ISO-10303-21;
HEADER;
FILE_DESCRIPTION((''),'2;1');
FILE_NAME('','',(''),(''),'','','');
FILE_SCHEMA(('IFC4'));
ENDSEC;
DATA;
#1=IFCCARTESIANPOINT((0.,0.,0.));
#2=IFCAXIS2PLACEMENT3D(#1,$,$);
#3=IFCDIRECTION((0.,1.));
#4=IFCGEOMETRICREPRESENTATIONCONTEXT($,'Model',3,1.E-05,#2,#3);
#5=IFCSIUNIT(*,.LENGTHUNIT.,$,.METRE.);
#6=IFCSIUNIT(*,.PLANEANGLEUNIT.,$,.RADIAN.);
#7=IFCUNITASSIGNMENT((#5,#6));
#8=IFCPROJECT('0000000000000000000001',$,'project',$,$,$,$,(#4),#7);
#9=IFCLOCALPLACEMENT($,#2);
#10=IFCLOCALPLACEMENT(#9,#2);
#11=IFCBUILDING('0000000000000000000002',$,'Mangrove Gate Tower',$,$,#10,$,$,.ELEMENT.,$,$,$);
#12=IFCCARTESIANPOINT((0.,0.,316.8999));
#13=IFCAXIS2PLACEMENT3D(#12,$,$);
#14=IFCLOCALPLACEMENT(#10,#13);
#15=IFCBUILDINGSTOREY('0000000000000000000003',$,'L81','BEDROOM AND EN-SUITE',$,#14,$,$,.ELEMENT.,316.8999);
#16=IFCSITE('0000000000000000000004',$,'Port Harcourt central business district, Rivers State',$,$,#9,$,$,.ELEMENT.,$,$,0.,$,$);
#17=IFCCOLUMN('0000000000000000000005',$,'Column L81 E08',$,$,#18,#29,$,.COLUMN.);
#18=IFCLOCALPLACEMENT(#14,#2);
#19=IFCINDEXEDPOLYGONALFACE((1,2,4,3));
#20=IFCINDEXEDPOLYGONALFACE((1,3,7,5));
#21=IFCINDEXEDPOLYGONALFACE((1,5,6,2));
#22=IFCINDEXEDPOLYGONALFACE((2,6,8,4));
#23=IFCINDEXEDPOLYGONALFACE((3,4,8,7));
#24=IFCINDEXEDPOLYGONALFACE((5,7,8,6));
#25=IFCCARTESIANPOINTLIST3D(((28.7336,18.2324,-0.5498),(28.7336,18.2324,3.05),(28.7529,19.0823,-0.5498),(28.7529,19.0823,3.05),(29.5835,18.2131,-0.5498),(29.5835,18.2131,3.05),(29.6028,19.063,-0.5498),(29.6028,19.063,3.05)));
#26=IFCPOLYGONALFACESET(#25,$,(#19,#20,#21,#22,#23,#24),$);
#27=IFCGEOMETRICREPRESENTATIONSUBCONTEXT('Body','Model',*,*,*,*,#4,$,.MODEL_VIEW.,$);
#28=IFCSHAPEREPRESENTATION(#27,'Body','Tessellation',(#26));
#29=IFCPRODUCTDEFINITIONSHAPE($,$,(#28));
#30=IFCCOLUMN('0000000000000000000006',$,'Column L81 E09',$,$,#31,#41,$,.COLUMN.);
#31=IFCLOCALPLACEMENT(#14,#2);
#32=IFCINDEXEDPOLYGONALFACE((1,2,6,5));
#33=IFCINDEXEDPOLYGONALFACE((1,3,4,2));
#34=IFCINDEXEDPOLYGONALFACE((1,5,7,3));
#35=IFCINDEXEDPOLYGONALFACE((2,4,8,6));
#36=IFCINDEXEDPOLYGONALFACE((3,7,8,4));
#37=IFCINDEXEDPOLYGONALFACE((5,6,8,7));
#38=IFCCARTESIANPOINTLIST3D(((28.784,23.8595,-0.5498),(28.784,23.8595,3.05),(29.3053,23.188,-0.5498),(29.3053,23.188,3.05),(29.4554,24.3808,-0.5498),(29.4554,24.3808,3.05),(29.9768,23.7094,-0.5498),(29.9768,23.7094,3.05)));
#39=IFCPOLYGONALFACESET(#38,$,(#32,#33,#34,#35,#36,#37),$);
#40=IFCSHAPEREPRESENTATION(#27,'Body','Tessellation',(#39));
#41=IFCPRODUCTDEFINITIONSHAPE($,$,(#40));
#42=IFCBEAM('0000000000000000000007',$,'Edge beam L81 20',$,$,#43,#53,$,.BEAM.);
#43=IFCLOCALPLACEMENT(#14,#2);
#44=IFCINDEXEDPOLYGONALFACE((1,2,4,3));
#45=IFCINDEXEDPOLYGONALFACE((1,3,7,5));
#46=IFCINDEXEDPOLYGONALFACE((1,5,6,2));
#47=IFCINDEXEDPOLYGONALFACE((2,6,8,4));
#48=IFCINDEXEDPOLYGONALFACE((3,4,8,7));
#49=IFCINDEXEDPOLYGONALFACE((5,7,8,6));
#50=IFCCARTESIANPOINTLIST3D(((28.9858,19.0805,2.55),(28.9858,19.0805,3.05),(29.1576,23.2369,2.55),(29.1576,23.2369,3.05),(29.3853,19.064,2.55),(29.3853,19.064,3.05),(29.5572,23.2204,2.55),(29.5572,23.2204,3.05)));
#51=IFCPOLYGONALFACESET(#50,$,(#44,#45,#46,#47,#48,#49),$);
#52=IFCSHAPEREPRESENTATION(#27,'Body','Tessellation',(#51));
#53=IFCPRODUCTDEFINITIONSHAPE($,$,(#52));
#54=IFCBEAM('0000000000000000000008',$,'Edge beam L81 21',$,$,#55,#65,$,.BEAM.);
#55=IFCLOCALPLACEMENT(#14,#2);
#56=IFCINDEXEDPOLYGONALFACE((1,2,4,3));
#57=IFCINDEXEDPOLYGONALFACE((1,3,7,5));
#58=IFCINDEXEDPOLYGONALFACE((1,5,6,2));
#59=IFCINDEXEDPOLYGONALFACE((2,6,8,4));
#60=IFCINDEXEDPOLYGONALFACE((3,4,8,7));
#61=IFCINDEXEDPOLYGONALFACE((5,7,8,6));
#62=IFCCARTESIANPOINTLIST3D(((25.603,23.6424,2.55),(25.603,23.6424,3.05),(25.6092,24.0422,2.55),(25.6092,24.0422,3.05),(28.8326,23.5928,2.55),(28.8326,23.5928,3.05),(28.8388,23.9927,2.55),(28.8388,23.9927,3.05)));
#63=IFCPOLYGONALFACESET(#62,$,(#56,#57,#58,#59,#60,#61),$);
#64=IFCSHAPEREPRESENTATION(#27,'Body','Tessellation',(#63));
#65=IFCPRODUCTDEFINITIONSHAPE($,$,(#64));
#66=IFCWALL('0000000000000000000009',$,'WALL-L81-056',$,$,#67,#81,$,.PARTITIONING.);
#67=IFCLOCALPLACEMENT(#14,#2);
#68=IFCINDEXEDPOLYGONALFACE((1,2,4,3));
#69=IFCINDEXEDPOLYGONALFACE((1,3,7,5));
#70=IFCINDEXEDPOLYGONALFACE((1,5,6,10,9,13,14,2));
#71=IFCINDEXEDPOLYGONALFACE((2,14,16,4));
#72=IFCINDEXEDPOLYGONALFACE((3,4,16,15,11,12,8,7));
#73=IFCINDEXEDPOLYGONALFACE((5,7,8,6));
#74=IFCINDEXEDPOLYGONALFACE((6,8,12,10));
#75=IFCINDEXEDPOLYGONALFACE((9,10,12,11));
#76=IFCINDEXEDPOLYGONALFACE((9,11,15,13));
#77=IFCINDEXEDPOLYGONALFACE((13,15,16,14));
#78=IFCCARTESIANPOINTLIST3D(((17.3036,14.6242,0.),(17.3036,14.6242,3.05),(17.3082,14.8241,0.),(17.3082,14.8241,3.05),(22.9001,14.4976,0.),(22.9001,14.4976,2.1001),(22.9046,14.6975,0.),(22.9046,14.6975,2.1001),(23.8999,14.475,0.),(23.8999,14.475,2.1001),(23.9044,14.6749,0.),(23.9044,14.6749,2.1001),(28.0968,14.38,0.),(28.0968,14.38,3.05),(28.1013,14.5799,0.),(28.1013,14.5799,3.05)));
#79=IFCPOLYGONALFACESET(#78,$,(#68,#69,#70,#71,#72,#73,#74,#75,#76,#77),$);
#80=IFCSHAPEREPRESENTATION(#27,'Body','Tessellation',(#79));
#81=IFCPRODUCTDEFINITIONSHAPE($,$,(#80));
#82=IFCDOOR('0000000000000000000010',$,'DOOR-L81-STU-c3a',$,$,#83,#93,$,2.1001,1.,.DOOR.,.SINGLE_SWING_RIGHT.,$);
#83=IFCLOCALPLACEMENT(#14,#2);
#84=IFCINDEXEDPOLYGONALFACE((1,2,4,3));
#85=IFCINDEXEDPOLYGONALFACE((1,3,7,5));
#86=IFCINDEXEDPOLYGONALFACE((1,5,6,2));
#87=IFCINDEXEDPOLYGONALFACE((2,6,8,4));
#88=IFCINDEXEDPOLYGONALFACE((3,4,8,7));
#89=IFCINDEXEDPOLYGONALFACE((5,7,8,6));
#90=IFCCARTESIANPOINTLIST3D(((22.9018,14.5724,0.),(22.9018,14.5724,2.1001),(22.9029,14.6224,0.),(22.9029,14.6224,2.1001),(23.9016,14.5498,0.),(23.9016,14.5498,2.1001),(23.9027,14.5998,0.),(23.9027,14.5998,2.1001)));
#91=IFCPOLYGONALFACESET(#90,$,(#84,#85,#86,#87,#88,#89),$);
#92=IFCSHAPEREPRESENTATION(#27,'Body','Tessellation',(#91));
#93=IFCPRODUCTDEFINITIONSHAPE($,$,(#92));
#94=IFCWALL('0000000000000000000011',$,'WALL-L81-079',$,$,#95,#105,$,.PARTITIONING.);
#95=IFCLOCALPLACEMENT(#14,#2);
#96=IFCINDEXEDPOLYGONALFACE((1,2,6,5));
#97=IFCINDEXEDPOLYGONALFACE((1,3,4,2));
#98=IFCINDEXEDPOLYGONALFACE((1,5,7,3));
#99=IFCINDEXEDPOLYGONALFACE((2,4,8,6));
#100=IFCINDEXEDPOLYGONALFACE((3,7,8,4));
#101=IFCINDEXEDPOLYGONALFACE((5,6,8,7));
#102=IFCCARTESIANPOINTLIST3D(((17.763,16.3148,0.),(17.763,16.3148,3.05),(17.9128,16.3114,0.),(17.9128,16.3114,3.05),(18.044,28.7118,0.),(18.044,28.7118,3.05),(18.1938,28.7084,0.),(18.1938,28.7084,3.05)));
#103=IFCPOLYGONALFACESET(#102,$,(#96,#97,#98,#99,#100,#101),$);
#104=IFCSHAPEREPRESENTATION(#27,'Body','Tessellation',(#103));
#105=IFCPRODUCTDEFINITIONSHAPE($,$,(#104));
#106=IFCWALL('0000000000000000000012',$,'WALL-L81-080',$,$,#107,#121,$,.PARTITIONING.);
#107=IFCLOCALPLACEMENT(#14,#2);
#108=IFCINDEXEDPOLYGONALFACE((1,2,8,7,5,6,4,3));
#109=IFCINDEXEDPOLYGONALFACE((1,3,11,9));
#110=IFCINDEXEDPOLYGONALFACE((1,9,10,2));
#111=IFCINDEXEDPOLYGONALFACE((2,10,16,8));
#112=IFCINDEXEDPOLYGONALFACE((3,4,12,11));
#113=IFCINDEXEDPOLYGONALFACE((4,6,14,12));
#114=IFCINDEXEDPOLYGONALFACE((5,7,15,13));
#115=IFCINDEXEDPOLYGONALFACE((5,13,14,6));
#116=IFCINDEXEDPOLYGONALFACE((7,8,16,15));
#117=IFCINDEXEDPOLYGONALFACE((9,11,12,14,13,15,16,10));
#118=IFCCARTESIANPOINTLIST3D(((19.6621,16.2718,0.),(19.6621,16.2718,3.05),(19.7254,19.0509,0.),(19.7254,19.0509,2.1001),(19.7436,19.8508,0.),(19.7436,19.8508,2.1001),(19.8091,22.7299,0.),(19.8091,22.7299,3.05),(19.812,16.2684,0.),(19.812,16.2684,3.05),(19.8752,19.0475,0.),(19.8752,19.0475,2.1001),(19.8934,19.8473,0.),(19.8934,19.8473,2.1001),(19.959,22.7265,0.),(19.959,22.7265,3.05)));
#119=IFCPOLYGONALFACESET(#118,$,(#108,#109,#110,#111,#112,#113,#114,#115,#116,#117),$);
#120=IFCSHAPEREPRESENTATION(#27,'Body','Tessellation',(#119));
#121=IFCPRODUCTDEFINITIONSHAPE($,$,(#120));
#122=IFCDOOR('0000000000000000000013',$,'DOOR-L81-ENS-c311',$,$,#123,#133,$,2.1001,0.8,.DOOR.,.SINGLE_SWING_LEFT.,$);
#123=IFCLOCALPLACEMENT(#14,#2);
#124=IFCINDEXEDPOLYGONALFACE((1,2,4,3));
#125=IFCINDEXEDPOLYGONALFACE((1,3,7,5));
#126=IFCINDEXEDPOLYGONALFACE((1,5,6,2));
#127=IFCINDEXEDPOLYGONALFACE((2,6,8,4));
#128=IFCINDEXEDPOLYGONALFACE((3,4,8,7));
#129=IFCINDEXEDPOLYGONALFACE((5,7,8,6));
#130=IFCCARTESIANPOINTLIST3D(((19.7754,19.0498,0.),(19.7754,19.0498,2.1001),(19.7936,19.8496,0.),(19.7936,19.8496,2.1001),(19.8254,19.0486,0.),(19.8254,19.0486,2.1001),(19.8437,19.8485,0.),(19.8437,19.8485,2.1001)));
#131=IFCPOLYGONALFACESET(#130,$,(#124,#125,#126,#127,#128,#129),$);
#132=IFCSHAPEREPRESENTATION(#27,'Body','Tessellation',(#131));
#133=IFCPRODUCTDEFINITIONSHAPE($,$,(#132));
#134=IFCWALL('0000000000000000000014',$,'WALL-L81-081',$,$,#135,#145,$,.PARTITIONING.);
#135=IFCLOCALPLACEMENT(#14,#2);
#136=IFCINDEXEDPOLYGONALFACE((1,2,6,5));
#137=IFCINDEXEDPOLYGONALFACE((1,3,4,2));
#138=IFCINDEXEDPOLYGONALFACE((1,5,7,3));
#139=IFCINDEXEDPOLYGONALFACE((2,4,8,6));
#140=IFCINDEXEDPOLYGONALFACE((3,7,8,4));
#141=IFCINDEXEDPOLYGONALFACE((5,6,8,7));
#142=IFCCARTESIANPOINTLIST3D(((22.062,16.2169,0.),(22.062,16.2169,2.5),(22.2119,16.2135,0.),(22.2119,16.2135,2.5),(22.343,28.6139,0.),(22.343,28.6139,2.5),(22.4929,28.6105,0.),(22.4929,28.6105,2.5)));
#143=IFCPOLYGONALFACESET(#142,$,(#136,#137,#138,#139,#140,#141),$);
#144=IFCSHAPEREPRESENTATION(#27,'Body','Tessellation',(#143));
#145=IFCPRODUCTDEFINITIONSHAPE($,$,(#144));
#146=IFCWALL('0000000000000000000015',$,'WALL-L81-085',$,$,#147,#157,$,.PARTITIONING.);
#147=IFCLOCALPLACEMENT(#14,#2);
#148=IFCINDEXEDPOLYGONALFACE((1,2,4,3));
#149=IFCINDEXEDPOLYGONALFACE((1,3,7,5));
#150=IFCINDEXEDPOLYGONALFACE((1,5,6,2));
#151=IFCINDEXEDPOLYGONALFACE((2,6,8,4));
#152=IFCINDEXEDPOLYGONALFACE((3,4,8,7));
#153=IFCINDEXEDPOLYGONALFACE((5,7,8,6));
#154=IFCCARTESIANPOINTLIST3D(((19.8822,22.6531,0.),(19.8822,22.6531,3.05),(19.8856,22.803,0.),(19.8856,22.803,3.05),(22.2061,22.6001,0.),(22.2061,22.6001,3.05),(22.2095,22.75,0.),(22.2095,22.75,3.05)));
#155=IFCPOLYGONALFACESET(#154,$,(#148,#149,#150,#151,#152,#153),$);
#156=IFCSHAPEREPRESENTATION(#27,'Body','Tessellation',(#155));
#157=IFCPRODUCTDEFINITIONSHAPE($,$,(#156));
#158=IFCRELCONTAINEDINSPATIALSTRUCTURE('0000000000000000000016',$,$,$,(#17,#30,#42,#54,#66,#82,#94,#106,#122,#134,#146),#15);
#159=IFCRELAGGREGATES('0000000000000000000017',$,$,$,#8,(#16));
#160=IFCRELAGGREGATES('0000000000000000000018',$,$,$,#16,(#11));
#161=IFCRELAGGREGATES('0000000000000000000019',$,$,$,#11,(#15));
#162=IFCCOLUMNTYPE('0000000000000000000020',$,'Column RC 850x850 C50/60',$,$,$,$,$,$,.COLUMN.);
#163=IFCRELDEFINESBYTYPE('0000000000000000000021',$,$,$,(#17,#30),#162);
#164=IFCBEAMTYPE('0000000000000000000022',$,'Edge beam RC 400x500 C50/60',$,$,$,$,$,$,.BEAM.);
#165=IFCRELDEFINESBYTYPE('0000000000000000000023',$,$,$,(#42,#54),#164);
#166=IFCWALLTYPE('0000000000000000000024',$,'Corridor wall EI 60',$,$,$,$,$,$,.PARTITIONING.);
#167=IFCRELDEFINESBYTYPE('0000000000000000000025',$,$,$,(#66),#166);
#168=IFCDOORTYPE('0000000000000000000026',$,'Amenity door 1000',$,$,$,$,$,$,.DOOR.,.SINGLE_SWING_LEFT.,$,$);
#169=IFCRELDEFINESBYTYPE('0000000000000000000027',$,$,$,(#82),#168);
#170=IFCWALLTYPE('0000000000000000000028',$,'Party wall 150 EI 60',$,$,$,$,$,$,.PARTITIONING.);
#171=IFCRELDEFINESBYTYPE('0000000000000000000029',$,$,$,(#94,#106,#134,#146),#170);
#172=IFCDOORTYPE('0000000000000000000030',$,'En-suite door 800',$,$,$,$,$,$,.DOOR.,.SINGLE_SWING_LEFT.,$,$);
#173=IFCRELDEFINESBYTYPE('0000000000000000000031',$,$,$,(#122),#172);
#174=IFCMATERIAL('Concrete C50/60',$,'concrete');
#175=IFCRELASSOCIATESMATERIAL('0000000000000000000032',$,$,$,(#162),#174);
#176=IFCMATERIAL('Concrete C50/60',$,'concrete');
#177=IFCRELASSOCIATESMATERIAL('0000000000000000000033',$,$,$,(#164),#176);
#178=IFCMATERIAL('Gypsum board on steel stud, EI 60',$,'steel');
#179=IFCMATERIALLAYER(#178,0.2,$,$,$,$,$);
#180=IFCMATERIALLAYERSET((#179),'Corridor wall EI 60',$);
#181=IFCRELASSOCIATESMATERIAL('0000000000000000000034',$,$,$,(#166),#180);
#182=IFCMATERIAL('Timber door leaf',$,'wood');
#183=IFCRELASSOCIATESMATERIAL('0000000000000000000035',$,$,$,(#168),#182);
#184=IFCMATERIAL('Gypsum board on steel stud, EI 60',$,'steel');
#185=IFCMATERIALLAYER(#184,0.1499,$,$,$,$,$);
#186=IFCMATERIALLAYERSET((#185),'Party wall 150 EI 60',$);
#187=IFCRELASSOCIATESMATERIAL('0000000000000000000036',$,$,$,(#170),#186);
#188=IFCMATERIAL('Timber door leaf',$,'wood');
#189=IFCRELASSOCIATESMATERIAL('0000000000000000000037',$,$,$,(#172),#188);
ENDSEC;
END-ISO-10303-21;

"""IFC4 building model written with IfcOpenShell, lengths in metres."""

from ifc_helpers import new_model, si_unit, direction, frame, frame_2d, origin, origin_2d, place, context, subcontext, project, spatial, rectangle, extrude, material, layer, layer_set, material_profile, profile_set, type_object, element, fill, save


model = new_model("IFC4")

# Units and contexts
model_context = context("Model", 3, precision=1e-05, world=origin(), true_north=direction((0.0, 1.0)))
body_context = subcontext(model_context, "Body", "Model", "MODEL_VIEW")
ifc_project = project(units=[si_unit("LENGTHUNIT", "METRE"), si_unit("PLANEANGLEUNIT", "RADIAN")], contexts=[model_context])

# Site, building, storey
site_placement = place(None, origin())
site = spatial("IfcSite", under=ifc_project, at=site_placement, Name="Port Harcourt central business district, Rivers State", CompositionType="ELEMENT", RefElevation=0.0)
building_placement = place(site_placement, origin())
building = spatial("IfcBuilding", under=site, at=building_placement, Name="Mangrove Gate Tower", CompositionType="ELEMENT")
storey_placement = place(building_placement, frame((0.0, 0.0, 316.8999)))
storey = spatial("IfcBuildingStorey", under=building, at=storey_placement, Name="L81", Description="BEDROOM AND EN-SUITE", CompositionType="ELEMENT", Elevation=316.8999)

# Columns
ifc_material_1 = material(Name="Concrete C50/60", Category="concrete")
ifc_material_profile_1 = material_profile(ifc_material_1, rectangle(XDim=0.8501, YDim=0.8501, at=origin_2d()))
ifc_profile_set_1 = profile_set([ifc_material_profile_1], Name="Concrete C50/60")
column_type = type_object("IfcColumnType", Name="Column RC 850x850 C50/60", PredefinedType="COLUMN", material=ifc_profile_set_1)
for number, where, z_axis, x_axis, name in (
    (1, (29.1682, 18.6477, -0.5498), (0.0, 0.0, 1.0), (0.022652, 0.999743, 0.0), "Column L81 E08"),
    (2, (29.3804, 23.7844, -0.5498), (0.0, 0.0, 1.0), (-0.613295, 0.789854, 0.0), "Column L81 E09"),
):
    element("IfcColumn", number, at=place(storey_placement, frame(where, z_axis=z_axis, x_axis=x_axis)), inside=storey, type_object=column_type, Name=name, PredefinedType="COLUMN", context=body_context, shape_type="SweptSolid", body=[
        extrude(rectangle(XDim=0.8501, YDim=0.8501, at=origin_2d()), origin(), (0.0, 0.0, 1.0), 3.5999),
    ])

# Beams
ifc_material_2 = material(Name="Concrete C50/60", Category="concrete")
ifc_material_profile_2 = material_profile(ifc_material_2, rectangle(XDim=0.3999, YDim=0.5, at=origin_2d()))
ifc_profile_set_2 = profile_set([ifc_material_profile_2], Name="Concrete C50/60")
beam_type = type_object("IfcBeamType", Name="Edge beam RC 400x500 C50/60", PredefinedType="BEAM", material=ifc_profile_set_2)
beam_1_placement = place(storey_placement, frame((29.1855, 19.0723, 2.8), z_axis=(0.041318, 0.999146, 0.0), x_axis=(-0.999146, 0.041318, 0.0)))
element("IfcBeam", 3, at=beam_1_placement, inside=storey, type_object=beam_type, Name="Edge beam L81 20", PredefinedType="BEAM", context=body_context, shape_type="SweptSolid", body=[
    extrude(rectangle(XDim=0.3999, YDim=0.5, at=origin_2d()), origin(), (0.0, 0.0, 1.0), 4.1599),
])
beam_2_placement = place(storey_placement, frame((28.8357, 23.7927, 2.8), z_axis=(-0.999882, 0.015344, 0.0), x_axis=(-0.015344, -0.999882, 0.0)))
element("IfcBeam", 4, at=beam_2_placement, inside=storey, type_object=beam_type, Name="Edge beam L81 21", PredefinedType="BEAM", context=body_context, shape_type="SweptSolid", body=[
    extrude(rectangle(XDim=0.3999, YDim=0.5, at=origin_2d()), origin(), (0.0, 0.0, 1.0), 3.23),
])

# Wall, opening, door
ifc_material_3 = material(Name="Gypsum board on steel stud, EI 60", Category="steel")
ifc_layer_1 = layer(ifc_material_3, 0.2)
ifc_layer_set_1 = layer_set([ifc_layer_1], Name="Corridor wall EI 60")
wall_type_1 = type_object("IfcWallType", Name="Corridor wall EI 60", PredefinedType="PARTITIONING", material=ifc_layer_set_1)
wall_1_placement = place(storey_placement, frame((17.3059, 14.7241, 0.0), z_axis=(0.0, 0.0, 1.0), x_axis=(0.999744, -0.022614, 0.0)))
wall_1 = element("IfcWall", 5, at=wall_1_placement, inside=storey, type_object=wall_type_1, Name="WALL-L81-056", PredefinedType="PARTITIONING", context=body_context, shape_type="SweptSolid", body=[
    extrude(rectangle(XDim=10.7959, YDim=0.2, at=frame_2d((5.3979, 0.0))), origin(), (0.0, 0.0, 1.0), 3.05),
])
opening_1_placement = place(wall_1_placement, frame((5.5979, 0.0, 0.0)))
opening_1 = element("IfcOpeningElement", 6, at=opening_1_placement, cuts=wall_1, PredefinedType="OPENING", context=body_context, shape_type="SweptSolid", body=[
    extrude(rectangle(XDim=1.0, YDim=2.1001, at=frame_2d((0.5, 1.05))), frame((0.0, 0.1099, 0.0), z_axis=(0.0, -1.0, 0.0), x_axis=(1.0, 0.0, 0.0)), (0.0, 0.0, 1.0), 0.22),
])
ifc_material_4 = material(Name="Timber door leaf", Category="wood")
door_type_1 = type_object("IfcDoorType", Name="Amenity door 1000", OperationType="SINGLE_SWING_LEFT", PredefinedType="DOOR", material=ifc_material_4)
door_1_placement = place(opening_1_placement, origin())
door_1 = element("IfcDoor", 7, at=door_1_placement, inside=storey, type_object=door_type_1, Name="DOOR-L81-STU-c3a", OperationType="SINGLE_SWING_RIGHT", OverallHeight=2.1001, OverallWidth=1.0, PredefinedType="DOOR", context=body_context, shape_type="SweptSolid", body=[
    extrude(rectangle(XDim=1.0, YDim=2.1001, at=frame_2d((0.5, 1.05))), frame((0.0, 0.0249, 0.0), z_axis=(0.0, -1.0, 0.0), x_axis=(1.0, 0.0, 0.0)), (0.0, 0.0, 1.0), 0.05),
])
fill(opening_1, door_1)

# Wall
ifc_material_5 = material(Name="Gypsum board on steel stud, EI 60", Category="steel")
ifc_layer_2 = layer(ifc_material_5, 0.1499)
ifc_layer_set_2 = layer_set([ifc_layer_2], Name="Party wall 150 EI 60")
wall_type_2 = type_object("IfcWallType", Name="Party wall 150 EI 60", PredefinedType="PARTITIONING", material=ifc_layer_set_2)
wall_2_placement = place(storey_placement, frame((17.8379, 16.313, 0.0), z_axis=(0.0, 0.0, 1.0), x_axis=(0.022661, 0.999743, 0.0)))
element("IfcWall", 8, at=wall_2_placement, inside=storey, type_object=wall_type_2, Name="WALL-L81-079", PredefinedType="PARTITIONING", context=body_context, shape_type="SweptSolid", body=[
    extrude(rectangle(XDim=12.4001, YDim=0.1499, at=frame_2d((6.2002, 0.0))), origin(), (0.0, 0.0, 1.0), 3.05),
])

# Wall, opening, door
wall_3_placement = place(storey_placement, frame((19.7371, 16.27, 0.0), z_axis=(0.0, 0.0, 1.0), x_axis=(0.022752, 0.999741, 0.0)))
wall_3 = element("IfcWall", 9, at=wall_3_placement, inside=storey, type_object=wall_type_2, Name="WALL-L81-080", PredefinedType="PARTITIONING", context=body_context, shape_type="SweptSolid", body=[
    extrude(rectangle(XDim=6.4597, YDim=0.1499, at=frame_2d((3.23, 0.0))), origin(), (0.0, 0.0, 1.0), 3.05),
])
opening_2_placement = place(wall_3_placement, frame((2.78, 0.0, 0.0)))
opening_2 = element("IfcOpeningElement", 10, at=opening_2_placement, cuts=wall_3, PredefinedType="OPENING", context=body_context, shape_type="SweptSolid", body=[
    extrude(rectangle(XDim=0.8, YDim=2.1001, at=frame_2d((0.3999, 1.05))), frame((0.0, 0.085, 0.0), z_axis=(0.0, -1.0, 0.0), x_axis=(1.0, 0.0, 0.0)), (0.0, 0.0, 1.0), 0.1699),
])
ifc_material_6 = material(Name="Timber door leaf", Category="wood")
door_type_2 = type_object("IfcDoorType", Name="En-suite door 800", OperationType="SINGLE_SWING_LEFT", PredefinedType="DOOR", material=ifc_material_6)
door_2_placement = place(opening_2_placement, origin())
door_2 = element("IfcDoor", 11, at=door_2_placement, inside=storey, type_object=door_type_2, Name="DOOR-L81-ENS-c311", OperationType="SINGLE_SWING_LEFT", OverallHeight=2.1001, OverallWidth=0.8, PredefinedType="DOOR", context=body_context, shape_type="SweptSolid", body=[
    extrude(rectangle(XDim=0.8, YDim=2.1001, at=frame_2d((0.3999, 1.05))), frame((0.0, 0.0249, 0.0), z_axis=(0.0, -1.0, 0.0), x_axis=(1.0, 0.0, 0.0)), (0.0, 0.0, 1.0), 0.05),
])
fill(opening_2, door_2)

# Walls
wall_4_placement = place(storey_placement, frame((22.137, 16.2151, 0.0), z_axis=(0.0, 0.0, 1.0), x_axis=(0.022661, 0.999743, 0.0)))
element("IfcWall", 12, at=wall_4_placement, inside=storey, type_object=wall_type_2, Name="WALL-L81-081", PredefinedType="PARTITIONING", context=body_context, shape_type="SweptSolid", body=[
    extrude(rectangle(XDim=12.4001, YDim=0.1499, at=frame_2d((6.2002, 0.0))), origin(), (0.0, 0.0, 1.0), 2.5),
])
wall_5_placement = place(storey_placement, frame((19.884, 22.728, 0.0), z_axis=(0.0, 0.0, 1.0), x_axis=(0.99974, -0.022791, 0.0)))
element("IfcWall", 13, at=wall_5_placement, inside=storey, type_object=wall_type_2, Name="WALL-L81-085", PredefinedType="PARTITIONING", context=body_context, shape_type="SweptSolid", body=[
    extrude(rectangle(XDim=2.3245, YDim=0.1499, at=frame_2d((1.1621, 0.0))), origin(), (0.0, 0.0, 1.0), 3.05),
])

save(model, "model.ifc")
